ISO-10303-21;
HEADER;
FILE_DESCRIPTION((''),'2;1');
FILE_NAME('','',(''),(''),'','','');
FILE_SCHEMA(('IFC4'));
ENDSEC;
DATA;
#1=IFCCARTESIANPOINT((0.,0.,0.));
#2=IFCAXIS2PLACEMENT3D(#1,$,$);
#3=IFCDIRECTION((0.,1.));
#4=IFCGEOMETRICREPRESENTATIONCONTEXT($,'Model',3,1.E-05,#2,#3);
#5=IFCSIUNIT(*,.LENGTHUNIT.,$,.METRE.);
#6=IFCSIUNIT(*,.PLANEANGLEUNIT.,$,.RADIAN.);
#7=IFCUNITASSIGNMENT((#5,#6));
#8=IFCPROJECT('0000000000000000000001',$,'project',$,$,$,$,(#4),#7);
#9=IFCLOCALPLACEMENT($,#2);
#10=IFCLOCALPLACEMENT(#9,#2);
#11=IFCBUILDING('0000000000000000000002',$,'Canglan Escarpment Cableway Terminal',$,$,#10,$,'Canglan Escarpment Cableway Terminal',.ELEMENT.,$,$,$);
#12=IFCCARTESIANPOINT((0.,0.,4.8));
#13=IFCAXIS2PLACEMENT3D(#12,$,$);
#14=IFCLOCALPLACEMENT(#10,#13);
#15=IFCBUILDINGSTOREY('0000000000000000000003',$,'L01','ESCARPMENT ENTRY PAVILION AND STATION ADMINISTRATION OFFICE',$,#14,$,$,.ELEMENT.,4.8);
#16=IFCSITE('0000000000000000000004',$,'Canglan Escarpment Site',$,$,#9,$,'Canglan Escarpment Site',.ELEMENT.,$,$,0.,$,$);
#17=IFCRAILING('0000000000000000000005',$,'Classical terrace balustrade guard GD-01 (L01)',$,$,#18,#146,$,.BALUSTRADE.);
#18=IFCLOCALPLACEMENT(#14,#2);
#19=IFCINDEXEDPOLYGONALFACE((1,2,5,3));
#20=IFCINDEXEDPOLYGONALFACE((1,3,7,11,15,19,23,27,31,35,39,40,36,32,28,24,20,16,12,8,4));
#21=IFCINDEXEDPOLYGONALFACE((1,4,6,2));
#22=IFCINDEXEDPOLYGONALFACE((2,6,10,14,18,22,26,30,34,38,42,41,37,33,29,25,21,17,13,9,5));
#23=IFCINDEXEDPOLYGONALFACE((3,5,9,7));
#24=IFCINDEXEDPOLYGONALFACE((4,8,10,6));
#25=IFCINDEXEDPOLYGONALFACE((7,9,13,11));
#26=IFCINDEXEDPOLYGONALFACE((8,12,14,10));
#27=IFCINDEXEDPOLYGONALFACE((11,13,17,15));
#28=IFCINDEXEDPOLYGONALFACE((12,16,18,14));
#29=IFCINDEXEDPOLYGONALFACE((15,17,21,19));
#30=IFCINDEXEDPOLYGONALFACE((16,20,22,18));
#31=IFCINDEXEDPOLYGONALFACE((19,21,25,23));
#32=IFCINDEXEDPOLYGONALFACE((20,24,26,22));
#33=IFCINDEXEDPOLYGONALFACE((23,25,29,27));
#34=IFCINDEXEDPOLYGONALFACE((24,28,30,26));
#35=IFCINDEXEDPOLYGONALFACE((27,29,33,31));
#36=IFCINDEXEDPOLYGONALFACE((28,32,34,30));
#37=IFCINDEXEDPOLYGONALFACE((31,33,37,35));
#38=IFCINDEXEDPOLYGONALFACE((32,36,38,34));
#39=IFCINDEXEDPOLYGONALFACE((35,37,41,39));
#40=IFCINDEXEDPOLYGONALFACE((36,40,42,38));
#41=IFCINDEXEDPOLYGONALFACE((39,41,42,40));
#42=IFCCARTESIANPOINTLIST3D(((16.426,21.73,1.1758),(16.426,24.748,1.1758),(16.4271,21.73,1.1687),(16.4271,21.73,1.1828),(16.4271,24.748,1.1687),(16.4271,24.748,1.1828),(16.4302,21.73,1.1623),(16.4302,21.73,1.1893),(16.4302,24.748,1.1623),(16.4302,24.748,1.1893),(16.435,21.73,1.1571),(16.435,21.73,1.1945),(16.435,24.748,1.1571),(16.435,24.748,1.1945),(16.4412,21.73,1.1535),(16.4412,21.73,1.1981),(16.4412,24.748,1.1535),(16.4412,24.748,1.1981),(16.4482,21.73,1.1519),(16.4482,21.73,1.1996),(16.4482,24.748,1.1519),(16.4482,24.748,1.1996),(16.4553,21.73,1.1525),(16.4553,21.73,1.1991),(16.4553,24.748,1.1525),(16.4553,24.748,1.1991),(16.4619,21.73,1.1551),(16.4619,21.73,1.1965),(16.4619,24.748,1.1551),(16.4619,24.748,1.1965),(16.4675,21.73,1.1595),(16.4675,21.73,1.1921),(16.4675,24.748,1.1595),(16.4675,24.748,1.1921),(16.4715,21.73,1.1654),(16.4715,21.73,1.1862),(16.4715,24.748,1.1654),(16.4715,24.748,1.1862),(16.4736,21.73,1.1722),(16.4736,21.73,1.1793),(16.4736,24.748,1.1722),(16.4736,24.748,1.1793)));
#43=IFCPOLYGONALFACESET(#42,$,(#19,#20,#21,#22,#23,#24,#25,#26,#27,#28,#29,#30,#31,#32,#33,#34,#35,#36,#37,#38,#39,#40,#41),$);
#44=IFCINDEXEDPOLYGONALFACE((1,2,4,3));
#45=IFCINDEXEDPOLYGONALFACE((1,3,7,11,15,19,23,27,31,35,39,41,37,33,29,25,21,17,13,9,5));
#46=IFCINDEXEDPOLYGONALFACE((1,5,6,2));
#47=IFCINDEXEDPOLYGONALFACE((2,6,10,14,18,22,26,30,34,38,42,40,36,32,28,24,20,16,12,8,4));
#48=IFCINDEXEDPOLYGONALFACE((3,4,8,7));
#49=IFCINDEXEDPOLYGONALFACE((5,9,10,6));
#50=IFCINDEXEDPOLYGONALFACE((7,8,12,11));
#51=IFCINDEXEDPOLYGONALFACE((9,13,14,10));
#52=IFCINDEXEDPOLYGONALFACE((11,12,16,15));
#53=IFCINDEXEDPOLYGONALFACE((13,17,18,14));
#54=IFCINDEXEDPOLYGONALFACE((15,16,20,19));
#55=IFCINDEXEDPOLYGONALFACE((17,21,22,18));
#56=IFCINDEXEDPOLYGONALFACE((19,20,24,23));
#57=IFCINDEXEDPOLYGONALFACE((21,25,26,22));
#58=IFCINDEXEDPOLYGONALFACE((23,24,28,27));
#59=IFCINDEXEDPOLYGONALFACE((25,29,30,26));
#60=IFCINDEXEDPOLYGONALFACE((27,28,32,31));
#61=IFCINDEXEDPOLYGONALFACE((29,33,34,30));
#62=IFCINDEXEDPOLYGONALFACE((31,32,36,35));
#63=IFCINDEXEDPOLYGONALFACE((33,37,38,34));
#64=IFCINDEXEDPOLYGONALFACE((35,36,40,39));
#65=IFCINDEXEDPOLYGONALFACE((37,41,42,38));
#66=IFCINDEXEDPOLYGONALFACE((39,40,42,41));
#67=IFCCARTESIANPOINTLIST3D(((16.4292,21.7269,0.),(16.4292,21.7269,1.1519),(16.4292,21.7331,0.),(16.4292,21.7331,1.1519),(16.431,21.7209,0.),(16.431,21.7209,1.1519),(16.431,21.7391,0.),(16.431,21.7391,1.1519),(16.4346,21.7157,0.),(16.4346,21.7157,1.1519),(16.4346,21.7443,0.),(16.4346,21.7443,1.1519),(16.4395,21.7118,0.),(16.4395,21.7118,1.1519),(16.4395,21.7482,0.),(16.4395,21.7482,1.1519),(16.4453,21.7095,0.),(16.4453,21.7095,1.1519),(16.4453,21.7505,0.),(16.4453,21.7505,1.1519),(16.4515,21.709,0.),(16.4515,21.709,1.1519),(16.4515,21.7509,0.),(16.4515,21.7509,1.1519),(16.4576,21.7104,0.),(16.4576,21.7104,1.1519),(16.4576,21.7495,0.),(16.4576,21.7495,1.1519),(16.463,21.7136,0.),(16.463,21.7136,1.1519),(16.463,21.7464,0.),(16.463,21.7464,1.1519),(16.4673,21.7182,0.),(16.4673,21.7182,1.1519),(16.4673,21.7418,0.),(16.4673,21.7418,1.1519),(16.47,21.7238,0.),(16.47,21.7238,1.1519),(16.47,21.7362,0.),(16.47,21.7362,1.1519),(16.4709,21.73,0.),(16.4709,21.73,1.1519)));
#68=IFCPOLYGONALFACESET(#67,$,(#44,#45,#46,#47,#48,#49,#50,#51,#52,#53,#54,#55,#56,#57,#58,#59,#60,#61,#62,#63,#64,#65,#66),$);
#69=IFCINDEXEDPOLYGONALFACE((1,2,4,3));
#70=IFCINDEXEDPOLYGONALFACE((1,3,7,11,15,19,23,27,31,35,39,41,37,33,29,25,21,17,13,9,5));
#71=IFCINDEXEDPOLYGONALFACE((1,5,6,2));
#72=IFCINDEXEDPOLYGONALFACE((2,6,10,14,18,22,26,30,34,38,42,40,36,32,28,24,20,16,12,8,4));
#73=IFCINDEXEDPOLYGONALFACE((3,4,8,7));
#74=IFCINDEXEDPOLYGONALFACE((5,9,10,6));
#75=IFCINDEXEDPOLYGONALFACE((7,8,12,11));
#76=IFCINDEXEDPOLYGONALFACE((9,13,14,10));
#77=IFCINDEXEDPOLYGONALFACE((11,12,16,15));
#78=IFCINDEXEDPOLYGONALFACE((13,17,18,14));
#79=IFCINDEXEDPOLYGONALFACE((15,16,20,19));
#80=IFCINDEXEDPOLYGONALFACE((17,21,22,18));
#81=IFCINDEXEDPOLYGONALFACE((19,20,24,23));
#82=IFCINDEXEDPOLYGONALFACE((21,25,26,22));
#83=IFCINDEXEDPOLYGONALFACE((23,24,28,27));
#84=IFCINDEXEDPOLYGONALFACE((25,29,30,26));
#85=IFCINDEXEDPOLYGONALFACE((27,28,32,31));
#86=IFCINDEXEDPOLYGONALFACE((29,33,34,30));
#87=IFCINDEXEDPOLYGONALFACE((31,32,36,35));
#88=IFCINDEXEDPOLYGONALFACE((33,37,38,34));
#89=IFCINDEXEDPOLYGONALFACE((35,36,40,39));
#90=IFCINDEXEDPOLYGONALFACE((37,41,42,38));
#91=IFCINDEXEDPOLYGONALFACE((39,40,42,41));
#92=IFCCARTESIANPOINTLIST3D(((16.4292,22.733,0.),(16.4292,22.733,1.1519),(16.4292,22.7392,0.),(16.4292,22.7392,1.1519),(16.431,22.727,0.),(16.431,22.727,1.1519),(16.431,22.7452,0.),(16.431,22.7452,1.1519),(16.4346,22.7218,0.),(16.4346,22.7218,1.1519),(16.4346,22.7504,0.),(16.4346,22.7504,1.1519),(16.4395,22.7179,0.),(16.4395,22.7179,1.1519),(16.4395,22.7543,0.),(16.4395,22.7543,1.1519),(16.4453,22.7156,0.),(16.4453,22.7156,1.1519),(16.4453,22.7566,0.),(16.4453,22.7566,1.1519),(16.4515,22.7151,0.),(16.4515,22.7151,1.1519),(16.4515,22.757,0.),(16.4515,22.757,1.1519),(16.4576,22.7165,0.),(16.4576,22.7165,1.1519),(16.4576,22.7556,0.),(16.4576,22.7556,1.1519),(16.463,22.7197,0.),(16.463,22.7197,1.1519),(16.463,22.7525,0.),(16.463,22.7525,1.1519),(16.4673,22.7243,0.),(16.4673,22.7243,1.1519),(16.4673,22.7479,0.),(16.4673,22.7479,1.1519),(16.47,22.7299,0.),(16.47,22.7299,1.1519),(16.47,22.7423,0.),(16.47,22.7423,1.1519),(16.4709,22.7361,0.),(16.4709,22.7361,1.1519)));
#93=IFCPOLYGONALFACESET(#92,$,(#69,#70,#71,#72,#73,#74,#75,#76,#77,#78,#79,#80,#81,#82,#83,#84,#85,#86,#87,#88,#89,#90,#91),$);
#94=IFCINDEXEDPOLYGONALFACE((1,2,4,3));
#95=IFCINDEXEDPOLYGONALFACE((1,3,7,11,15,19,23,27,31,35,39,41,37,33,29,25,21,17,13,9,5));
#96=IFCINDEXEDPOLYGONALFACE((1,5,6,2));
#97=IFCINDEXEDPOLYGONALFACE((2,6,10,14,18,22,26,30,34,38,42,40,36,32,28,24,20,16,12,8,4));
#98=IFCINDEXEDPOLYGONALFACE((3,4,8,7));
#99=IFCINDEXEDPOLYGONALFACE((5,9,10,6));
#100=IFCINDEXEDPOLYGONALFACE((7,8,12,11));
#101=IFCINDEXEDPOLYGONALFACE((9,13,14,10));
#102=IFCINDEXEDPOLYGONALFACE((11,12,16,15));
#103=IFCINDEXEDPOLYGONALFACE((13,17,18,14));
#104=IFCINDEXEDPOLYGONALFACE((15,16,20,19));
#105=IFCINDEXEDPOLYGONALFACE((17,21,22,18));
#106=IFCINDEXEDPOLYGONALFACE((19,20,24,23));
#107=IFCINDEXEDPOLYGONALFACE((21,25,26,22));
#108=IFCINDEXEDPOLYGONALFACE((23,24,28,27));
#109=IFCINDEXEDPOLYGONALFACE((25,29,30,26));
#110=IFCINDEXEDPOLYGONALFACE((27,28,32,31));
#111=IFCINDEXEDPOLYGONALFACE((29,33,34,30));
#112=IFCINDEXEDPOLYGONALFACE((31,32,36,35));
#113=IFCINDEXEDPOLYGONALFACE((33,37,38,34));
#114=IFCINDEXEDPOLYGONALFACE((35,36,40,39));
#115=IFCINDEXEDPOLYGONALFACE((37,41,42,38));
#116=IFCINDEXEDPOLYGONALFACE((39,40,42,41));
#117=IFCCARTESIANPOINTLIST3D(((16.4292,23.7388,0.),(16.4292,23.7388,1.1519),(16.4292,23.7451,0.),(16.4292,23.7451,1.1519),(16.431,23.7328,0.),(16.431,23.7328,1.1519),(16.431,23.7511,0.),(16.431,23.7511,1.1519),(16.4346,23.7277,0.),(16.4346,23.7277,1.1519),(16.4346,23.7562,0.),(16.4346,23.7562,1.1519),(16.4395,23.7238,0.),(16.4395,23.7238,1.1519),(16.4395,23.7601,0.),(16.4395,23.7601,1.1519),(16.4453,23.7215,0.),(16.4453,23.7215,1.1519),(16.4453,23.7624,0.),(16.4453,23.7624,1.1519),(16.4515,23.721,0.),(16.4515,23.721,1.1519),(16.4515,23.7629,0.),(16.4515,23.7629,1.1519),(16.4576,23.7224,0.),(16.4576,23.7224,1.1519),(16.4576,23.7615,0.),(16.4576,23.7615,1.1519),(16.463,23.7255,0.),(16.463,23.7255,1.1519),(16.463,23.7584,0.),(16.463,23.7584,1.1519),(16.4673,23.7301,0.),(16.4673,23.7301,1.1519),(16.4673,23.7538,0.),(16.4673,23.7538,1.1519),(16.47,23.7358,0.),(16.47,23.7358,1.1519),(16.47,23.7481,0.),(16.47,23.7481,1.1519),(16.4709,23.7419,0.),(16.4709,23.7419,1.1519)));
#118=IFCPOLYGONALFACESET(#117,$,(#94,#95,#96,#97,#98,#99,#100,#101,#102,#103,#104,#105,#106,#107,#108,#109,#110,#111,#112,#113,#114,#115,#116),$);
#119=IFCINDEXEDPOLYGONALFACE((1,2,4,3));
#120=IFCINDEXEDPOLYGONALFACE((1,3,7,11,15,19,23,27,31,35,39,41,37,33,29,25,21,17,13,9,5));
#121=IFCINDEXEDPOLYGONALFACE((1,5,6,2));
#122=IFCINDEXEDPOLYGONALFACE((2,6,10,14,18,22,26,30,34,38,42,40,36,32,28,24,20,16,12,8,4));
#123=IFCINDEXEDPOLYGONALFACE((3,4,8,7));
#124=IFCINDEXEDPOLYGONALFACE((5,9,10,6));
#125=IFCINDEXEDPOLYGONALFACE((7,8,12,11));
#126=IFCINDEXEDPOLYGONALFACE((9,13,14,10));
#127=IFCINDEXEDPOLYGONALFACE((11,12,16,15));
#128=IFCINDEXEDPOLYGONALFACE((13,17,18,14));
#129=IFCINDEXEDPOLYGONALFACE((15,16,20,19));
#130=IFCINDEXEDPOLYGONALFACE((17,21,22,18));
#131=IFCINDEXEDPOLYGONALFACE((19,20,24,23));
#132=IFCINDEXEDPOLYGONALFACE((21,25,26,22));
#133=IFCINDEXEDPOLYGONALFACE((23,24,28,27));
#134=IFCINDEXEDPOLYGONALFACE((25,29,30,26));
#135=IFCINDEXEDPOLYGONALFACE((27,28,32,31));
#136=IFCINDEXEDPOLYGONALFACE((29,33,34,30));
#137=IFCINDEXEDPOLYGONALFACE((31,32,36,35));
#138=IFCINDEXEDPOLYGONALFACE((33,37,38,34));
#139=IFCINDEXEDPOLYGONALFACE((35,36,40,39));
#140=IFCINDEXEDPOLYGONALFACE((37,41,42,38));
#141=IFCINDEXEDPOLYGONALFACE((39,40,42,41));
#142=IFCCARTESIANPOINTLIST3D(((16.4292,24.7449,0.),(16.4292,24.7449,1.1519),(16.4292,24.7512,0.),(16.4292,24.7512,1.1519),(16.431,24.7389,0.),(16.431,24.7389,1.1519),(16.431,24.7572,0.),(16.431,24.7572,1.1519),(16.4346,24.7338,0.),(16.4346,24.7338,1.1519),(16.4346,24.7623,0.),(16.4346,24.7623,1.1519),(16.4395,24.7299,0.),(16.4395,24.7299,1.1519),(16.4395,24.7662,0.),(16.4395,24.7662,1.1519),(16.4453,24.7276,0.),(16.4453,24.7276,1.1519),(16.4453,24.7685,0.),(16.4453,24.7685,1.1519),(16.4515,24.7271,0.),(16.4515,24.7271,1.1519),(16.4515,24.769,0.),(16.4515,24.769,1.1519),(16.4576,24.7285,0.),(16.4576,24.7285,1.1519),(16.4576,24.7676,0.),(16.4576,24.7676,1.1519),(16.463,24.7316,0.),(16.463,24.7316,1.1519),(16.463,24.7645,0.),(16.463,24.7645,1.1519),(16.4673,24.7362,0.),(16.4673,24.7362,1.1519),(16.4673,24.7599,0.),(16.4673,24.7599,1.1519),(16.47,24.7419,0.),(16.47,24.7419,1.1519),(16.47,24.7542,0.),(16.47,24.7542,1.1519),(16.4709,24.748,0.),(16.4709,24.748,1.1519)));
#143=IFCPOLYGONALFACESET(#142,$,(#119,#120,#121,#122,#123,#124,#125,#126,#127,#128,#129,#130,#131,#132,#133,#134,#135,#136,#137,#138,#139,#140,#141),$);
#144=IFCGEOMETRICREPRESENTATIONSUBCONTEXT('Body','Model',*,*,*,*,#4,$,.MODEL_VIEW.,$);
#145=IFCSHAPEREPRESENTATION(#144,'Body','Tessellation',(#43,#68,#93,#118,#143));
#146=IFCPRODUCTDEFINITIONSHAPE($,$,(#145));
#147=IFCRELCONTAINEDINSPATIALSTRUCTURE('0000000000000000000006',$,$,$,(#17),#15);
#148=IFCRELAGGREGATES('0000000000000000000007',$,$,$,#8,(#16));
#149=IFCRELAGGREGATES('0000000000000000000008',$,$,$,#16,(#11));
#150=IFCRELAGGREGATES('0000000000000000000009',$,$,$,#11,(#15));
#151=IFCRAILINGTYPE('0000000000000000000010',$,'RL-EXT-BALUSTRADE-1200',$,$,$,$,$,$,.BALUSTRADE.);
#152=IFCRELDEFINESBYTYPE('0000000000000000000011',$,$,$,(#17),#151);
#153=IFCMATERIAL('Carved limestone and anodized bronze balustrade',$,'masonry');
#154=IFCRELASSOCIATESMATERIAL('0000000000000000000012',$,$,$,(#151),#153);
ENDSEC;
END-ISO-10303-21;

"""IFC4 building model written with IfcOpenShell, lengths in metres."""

from ifc_helpers import new_model, si_unit, direction, frame, origin, origin_2d, place, context, subcontext, project, spatial, circle, extrude, material, type_object, element, save


model = new_model("IFC4")

# Units and contexts
model_context = context("Model", 3, precision=1e-05, world=origin(), true_north=direction((0.0, 1.0)))
body_context = subcontext(model_context, "Body", "Model", "MODEL_VIEW")
ifc_project = project(units=[si_unit("LENGTHUNIT", "METRE"), si_unit("PLANEANGLEUNIT", "RADIAN")], contexts=[model_context])

# Site, building, storey
site_placement = place(None, origin())
site = spatial("IfcSite", under=ifc_project, at=site_placement, Name="Canglan Escarpment Site", LongName="Canglan Escarpment Site", CompositionType="ELEMENT", RefElevation=0.0)
building_placement = place(site_placement, origin())
building = spatial("IfcBuilding", under=site, at=building_placement, Name="Canglan Escarpment Cableway Terminal", LongName="Canglan Escarpment Cableway Terminal", CompositionType="ELEMENT")
storey_placement = place(building_placement, frame((0.0, 0.0, 4.8)))
storey = spatial("IfcBuildingStorey", under=building, at=storey_placement, Name="L01", Description="ESCARPMENT ENTRY PAVILION AND STATION ADMINISTRATION OFFICE", CompositionType="ELEMENT", Elevation=4.8)

# Railing
ifc_material_1 = material(Name="Carved limestone and anodized bronze balustrade", Category="masonry")
railing_type = type_object("IfcRailingType", Name="RL-EXT-BALUSTRADE-1200", PredefinedType="BALUSTRADE", material=ifc_material_1)
railing_1_placement = place(storey_placement, frame((16.45, 21.73, 0.0)))
element("IfcRailing", 1, at=railing_1_placement, inside=storey, type_object=railing_type, Name="Classical terrace balustrade guard GD-01 (L01)", PredefinedType="BALUSTRADE", context=body_context, shape_type="SweptSolid", body=[
    extrude(circle(Radius=0.0239, at=origin_2d()), frame((0.0, 0.0, 1.1758), z_axis=(0.0, 1.0, 0.0), x_axis=(-1.0, 0.0, 0.0)), (0.0, 0.0, 1.0), 3.0181),
    extrude(circle(Radius=0.021, at=origin_2d()), origin(), (0.0, 0.0, 1.0), 1.1519),
    extrude(circle(Radius=0.021, at=origin_2d()), frame((0.0, 1.0061, 0.0)), (0.0, 0.0, 1.0), 1.1519),
    extrude(circle(Radius=0.021, at=origin_2d()), frame((0.0, 2.012, 0.0)), (0.0, 0.0, 1.0), 1.1519),
    extrude(circle(Radius=0.021, at=origin_2d()), frame((0.0, 3.0181, 0.0)), (0.0, 0.0, 1.0), 1.1519),
])

save(model, "model.ifc")
